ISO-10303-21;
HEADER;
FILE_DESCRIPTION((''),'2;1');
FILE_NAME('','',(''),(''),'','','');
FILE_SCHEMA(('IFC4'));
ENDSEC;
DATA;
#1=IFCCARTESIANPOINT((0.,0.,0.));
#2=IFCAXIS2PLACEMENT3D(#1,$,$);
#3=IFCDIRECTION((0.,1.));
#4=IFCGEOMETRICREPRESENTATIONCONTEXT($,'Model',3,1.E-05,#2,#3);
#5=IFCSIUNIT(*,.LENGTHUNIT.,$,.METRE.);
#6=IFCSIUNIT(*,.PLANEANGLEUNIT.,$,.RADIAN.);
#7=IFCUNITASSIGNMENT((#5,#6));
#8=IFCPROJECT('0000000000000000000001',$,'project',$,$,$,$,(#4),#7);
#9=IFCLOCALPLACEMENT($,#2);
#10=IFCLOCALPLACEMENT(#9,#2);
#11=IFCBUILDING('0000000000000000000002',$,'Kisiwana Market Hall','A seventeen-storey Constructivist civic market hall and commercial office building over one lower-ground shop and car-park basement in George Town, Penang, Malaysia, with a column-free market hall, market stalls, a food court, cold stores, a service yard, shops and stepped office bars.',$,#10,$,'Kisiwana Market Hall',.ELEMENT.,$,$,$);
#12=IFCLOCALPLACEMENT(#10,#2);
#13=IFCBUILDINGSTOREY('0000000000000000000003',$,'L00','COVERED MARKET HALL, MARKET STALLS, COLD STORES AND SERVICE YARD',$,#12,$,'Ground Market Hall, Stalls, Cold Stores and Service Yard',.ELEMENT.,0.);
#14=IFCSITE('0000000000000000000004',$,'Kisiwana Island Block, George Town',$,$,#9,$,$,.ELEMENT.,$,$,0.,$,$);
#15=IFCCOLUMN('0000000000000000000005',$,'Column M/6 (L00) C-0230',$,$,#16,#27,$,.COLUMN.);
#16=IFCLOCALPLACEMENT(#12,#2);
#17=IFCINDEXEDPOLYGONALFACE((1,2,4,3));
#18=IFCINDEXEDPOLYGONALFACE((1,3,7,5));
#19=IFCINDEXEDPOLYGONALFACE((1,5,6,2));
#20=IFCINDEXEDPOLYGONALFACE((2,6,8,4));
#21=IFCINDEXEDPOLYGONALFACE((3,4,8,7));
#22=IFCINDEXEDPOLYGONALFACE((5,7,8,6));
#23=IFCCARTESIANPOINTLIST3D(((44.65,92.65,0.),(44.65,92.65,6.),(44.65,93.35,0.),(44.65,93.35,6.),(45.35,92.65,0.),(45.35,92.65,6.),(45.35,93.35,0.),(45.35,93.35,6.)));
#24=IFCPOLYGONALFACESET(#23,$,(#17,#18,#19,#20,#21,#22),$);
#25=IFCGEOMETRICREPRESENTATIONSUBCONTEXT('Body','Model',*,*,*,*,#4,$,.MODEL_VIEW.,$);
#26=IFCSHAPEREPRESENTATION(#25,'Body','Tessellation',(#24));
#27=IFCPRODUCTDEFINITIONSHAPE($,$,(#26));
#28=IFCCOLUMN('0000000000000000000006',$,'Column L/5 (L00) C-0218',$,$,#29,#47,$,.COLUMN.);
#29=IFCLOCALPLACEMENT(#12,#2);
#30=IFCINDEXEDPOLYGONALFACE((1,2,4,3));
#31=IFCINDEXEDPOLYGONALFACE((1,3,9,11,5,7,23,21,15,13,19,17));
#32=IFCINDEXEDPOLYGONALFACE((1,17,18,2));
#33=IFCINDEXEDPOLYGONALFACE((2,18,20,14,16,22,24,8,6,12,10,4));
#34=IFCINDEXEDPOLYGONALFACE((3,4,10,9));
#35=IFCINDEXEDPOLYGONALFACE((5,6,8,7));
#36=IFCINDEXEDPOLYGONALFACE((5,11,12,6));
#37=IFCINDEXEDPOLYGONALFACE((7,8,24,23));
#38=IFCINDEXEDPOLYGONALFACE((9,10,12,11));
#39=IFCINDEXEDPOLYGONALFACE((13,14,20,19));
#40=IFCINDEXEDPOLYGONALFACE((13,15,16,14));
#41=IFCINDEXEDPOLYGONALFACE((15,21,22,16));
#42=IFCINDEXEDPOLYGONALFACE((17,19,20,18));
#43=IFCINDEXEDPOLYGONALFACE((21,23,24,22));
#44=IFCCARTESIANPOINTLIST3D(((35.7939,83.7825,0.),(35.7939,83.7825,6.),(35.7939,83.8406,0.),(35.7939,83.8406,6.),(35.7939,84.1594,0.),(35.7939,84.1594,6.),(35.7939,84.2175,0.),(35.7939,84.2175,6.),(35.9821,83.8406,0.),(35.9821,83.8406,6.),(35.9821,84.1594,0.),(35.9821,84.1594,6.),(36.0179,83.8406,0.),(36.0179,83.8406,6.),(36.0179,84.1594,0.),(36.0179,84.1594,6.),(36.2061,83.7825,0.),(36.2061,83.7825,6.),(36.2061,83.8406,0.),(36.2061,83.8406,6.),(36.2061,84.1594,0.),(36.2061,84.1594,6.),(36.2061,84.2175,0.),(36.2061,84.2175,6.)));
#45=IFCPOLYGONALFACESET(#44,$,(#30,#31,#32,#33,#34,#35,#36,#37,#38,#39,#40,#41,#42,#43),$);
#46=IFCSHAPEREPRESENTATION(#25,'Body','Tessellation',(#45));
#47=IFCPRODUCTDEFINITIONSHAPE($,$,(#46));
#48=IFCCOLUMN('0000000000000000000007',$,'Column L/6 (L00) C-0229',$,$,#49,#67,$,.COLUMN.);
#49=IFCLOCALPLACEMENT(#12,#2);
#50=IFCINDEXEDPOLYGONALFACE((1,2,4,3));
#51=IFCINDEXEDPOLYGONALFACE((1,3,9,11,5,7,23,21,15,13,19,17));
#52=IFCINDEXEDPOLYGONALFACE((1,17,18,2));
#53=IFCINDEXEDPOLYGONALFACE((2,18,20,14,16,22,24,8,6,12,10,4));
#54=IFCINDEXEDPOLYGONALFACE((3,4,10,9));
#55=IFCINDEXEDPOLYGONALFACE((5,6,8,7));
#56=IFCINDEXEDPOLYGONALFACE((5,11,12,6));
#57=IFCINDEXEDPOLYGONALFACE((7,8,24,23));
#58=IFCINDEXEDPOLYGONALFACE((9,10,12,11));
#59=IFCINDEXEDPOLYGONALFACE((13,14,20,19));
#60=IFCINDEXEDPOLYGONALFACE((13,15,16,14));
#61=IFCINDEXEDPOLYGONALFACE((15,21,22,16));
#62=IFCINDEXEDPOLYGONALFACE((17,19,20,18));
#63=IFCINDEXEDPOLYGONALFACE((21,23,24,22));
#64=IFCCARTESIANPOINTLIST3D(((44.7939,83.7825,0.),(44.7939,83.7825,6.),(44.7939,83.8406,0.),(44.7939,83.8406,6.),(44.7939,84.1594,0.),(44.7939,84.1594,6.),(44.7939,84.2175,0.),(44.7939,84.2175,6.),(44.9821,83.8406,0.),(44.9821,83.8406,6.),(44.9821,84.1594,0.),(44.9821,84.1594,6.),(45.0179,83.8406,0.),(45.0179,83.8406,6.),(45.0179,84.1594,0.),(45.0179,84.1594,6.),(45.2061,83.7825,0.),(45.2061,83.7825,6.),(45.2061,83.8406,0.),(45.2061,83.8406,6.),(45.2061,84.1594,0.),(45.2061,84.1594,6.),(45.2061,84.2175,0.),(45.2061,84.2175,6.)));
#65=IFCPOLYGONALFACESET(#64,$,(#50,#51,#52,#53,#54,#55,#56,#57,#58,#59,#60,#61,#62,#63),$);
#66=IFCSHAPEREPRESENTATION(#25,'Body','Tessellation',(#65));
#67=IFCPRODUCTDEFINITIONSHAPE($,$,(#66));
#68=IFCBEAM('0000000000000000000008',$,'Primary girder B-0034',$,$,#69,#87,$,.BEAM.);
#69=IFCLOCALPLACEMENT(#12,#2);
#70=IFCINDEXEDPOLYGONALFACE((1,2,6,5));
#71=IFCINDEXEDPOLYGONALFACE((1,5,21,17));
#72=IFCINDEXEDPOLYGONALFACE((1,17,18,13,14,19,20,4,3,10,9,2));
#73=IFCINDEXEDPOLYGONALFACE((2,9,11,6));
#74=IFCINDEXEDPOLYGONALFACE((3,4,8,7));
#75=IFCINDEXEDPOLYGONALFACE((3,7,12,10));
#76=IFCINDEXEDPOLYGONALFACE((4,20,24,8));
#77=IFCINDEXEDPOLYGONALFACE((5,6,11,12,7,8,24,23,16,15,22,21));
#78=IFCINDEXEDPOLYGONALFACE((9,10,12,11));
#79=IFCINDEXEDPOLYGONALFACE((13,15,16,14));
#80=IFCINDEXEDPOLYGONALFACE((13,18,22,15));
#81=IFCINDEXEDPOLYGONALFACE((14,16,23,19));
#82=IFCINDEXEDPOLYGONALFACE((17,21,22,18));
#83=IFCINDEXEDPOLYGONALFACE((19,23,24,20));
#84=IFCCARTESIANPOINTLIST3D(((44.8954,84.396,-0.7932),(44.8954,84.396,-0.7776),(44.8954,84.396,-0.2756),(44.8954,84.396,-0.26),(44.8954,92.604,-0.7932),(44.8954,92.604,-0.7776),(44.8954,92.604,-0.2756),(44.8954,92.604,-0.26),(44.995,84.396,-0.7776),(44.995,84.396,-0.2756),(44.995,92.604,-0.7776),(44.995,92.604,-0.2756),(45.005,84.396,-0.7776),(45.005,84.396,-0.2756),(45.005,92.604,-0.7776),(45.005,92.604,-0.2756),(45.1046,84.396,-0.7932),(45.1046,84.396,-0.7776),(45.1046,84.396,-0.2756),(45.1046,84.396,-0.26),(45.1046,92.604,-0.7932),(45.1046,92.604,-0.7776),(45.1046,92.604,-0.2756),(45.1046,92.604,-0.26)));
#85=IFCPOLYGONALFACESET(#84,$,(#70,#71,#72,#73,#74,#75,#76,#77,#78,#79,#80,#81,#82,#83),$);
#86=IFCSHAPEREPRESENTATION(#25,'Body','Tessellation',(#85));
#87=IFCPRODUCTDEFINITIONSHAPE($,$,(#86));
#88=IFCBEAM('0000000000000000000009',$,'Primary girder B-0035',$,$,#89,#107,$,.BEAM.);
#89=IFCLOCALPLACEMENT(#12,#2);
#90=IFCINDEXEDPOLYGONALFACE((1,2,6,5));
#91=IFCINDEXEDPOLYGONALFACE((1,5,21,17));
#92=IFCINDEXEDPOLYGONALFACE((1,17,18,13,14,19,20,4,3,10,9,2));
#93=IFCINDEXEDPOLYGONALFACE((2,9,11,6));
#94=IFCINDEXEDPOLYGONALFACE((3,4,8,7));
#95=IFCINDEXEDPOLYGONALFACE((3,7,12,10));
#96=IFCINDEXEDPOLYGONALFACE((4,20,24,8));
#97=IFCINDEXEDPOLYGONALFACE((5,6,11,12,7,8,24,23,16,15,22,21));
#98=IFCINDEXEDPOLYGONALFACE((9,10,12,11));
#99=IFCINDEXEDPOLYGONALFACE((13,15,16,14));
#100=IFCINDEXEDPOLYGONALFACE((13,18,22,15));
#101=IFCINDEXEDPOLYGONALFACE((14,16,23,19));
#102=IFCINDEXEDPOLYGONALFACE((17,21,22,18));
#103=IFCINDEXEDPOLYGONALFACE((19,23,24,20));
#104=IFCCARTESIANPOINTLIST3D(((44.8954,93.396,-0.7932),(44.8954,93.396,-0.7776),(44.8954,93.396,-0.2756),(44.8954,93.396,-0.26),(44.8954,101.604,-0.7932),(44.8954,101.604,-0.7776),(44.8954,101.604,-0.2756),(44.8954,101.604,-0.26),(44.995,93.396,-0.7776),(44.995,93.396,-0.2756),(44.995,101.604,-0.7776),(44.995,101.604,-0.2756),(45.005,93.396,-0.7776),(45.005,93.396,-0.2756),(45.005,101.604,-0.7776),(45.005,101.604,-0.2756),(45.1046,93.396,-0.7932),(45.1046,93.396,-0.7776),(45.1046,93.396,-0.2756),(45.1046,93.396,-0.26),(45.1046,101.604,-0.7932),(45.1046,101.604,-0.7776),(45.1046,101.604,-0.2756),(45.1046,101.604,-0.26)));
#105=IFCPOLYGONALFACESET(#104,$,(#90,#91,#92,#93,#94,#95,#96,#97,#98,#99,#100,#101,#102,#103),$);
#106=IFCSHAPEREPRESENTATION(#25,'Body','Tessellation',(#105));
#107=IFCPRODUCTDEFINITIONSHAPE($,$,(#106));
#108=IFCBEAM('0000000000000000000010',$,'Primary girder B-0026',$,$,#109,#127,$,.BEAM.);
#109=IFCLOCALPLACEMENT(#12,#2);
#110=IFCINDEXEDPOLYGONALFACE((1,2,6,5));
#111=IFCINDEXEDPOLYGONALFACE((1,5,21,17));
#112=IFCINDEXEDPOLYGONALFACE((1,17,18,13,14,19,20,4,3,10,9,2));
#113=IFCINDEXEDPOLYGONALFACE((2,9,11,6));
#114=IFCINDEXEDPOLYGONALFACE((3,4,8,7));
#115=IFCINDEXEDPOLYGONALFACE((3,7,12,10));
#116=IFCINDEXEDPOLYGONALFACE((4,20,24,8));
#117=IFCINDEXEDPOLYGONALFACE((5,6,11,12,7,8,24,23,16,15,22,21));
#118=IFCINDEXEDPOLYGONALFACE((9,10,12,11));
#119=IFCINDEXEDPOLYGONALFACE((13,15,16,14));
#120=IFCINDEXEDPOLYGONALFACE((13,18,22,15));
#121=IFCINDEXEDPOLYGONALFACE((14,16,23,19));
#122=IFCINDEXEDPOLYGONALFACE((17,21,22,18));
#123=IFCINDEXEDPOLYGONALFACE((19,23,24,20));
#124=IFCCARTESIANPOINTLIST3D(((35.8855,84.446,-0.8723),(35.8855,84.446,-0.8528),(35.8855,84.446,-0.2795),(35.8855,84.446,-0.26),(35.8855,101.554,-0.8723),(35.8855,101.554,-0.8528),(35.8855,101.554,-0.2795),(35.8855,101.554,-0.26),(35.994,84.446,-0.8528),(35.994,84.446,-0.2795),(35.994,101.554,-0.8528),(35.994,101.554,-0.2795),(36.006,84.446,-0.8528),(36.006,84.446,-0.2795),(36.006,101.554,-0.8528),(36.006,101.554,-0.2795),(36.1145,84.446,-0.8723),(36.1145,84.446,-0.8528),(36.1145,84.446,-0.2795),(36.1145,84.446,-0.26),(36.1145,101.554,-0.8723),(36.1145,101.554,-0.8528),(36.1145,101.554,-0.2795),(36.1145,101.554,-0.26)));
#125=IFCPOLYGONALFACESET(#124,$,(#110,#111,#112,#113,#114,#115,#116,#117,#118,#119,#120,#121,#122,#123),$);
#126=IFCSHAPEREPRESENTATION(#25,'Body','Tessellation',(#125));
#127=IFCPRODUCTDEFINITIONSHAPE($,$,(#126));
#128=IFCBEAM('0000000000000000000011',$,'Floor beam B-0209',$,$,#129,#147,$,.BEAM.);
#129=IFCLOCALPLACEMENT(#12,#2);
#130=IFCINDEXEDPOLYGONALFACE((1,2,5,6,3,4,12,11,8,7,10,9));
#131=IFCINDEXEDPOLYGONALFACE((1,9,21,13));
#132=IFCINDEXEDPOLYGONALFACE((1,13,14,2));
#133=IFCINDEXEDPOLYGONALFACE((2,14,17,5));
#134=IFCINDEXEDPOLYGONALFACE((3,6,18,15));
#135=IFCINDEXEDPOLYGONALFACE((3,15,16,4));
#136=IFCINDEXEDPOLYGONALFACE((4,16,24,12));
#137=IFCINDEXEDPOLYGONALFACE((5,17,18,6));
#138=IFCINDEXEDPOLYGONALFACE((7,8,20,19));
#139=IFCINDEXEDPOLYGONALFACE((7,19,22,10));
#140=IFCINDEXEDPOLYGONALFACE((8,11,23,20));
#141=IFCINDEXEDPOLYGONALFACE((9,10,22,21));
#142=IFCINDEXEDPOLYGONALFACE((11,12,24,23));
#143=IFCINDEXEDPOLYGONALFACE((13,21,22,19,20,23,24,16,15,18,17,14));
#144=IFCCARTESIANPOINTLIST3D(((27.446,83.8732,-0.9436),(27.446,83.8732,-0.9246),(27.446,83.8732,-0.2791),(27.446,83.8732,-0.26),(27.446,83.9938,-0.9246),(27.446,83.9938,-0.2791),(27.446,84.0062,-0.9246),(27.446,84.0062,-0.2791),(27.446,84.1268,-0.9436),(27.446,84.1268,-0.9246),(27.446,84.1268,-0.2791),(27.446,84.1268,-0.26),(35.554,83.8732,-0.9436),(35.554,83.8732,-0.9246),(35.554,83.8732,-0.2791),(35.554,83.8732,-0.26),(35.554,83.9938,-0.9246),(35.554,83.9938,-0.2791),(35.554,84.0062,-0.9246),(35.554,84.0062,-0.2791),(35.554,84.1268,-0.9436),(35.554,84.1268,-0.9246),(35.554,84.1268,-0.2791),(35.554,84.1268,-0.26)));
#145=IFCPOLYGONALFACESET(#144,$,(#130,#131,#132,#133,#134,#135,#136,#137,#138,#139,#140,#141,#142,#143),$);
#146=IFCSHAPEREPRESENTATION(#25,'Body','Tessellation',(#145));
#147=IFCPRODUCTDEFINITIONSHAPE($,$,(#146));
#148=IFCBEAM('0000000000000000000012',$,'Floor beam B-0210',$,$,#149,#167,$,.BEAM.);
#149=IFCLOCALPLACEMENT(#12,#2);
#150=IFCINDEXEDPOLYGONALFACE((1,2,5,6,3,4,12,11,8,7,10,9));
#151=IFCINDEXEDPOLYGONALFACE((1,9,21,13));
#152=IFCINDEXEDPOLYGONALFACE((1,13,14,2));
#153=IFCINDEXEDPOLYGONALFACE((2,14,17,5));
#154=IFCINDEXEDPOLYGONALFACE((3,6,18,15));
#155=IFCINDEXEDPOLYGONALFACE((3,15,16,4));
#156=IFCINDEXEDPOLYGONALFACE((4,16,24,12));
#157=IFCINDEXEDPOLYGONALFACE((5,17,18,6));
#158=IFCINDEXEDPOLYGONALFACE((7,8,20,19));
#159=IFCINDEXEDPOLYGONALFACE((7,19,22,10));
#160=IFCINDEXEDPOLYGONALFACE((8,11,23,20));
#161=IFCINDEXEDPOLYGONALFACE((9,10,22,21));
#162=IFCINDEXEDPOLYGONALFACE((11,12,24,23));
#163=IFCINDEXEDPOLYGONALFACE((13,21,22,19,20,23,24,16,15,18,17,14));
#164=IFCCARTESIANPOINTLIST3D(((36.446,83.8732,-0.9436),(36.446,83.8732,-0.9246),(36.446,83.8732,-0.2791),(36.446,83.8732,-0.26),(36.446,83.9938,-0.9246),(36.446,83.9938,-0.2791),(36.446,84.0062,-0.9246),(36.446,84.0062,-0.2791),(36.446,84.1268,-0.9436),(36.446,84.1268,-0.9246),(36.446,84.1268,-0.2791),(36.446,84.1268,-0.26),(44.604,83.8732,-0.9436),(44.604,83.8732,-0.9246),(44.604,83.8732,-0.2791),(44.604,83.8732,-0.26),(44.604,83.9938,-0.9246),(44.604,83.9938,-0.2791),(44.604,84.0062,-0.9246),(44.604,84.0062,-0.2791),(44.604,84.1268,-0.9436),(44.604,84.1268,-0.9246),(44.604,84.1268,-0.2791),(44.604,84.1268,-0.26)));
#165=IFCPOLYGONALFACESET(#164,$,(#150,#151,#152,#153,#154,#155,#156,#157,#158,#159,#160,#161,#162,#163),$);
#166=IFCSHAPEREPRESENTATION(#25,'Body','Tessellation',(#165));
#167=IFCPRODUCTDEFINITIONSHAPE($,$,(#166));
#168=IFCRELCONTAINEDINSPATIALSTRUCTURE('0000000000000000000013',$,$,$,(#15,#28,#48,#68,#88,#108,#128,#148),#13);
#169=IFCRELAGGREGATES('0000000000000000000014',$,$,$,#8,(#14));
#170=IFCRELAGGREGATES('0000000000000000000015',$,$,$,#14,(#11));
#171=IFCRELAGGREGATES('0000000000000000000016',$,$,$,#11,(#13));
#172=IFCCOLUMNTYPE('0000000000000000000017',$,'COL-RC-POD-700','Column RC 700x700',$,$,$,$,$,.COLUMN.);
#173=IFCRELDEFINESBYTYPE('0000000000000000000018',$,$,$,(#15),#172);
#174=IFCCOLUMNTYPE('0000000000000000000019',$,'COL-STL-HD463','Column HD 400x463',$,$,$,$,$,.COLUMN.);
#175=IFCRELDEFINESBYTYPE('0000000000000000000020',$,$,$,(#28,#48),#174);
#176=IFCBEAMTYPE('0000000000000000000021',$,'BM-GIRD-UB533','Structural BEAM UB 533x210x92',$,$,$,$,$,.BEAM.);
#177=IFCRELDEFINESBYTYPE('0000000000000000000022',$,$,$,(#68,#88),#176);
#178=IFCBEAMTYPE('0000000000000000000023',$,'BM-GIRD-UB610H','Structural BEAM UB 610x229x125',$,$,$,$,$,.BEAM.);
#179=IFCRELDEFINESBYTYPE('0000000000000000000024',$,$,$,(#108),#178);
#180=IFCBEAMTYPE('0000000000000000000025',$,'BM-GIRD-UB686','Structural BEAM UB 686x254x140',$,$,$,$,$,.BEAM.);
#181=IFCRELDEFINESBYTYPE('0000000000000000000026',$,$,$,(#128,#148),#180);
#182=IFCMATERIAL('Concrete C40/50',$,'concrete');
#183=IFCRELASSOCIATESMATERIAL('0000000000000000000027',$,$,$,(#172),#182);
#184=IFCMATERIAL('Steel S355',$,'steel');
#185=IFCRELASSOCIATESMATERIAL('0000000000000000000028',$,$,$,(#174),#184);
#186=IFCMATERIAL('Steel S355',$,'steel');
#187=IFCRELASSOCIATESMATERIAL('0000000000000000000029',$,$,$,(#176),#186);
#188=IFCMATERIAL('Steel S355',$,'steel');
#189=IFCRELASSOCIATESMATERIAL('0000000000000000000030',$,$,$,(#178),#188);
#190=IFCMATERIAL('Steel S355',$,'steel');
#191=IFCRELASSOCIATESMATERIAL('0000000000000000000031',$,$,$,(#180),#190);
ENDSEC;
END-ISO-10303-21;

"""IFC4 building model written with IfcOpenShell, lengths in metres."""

from ifc_helpers import new_model, si_unit, direction, frame, origin, origin_2d, place, context, subcontext, project, spatial, rectangle, i_section, extrude, material, material_profile, profile_set, type_object, element, save


model = new_model("IFC4")

# Units and contexts
model_context = context("Model", 3, precision=1e-05, world=origin(), true_north=direction((0.0, 1.0)))
body_context = subcontext(model_context, "Body", "Model", "MODEL_VIEW")
ifc_project = project(units=[si_unit("LENGTHUNIT", "METRE"), si_unit("PLANEANGLEUNIT", "RADIAN")], contexts=[model_context])

# Site, building, storey
site_placement = place(None, origin())
site = spatial("IfcSite", under=ifc_project, at=site_placement, Name="Kisiwana Island Block, George Town", CompositionType="ELEMENT", RefElevation=0.0)
building_placement = place(site_placement, origin())
building = spatial("IfcBuilding", under=site, at=building_placement, Name="Kisiwana Market Hall", Description="A seventeen-storey Constructivist civic market hall and commercial office building over one lower-ground shop and car-park basement in George Town, Penang, Malaysia, with a column-free market hall, market stalls, a food court, cold stores, a service yard, shops and stepped office bars.", LongName="Kisiwana Market Hall", CompositionType="ELEMENT")
storey_placement = place(building_placement, origin())
storey = spatial("IfcBuildingStorey", under=building, at=storey_placement, Name="L00", Description="COVERED MARKET HALL, MARKET STALLS, COLD STORES AND SERVICE YARD", LongName="Ground Market Hall, Stalls, Cold Stores and Service Yard", CompositionType="ELEMENT", Elevation=0.0)

# Columns
ifc_material_1 = material(Name="Concrete C40/50", Category="concrete")
ifc_material_profile_1 = material_profile(ifc_material_1, rectangle(XDim=0.7, YDim=0.7, at=origin_2d()), Name="RC 700x700")
ifc_profile_set_1 = profile_set([ifc_material_profile_1], Name="Concrete C40/50")
column_type_1 = type_object("IfcColumnType", Name="COL-RC-POD-700", Description="Column RC 700x700", PredefinedType="COLUMN", material=ifc_profile_set_1)
column_placement = place(storey_placement, frame((45.0, 93.0, 0.0), z_axis=(0.0, 0.0, 1.0), x_axis=(1.0, 0.0, 0.0)))
element("IfcColumn", 1, at=column_placement, inside=storey, type_object=column_type_1, Name="Column M/6 (L00) C-0230", PredefinedType="COLUMN", context=body_context, shape_type="SweptSolid", body=[
    extrude(rectangle(XDim=0.7, YDim=0.7, at=origin_2d()), origin(), (0.0, 0.0, 1.0), 6.0),
])
ifc_material_2 = material(Name="Steel S355", Category="steel")
ifc_material_profile_2 = material_profile(ifc_material_2, i_section(OverallWidth=0.4121, OverallDepth=0.4351, WebThickness=0.0359, FlangeThickness=0.0581, at=origin_2d()), Name="HD 400x463")
ifc_profile_set_2 = profile_set([ifc_material_profile_2], Name="Steel S355")
column_type_2 = type_object("IfcColumnType", Name="COL-STL-HD463", Description="Column HD 400x463", PredefinedType="COLUMN", material=ifc_profile_set_2)
for number, where, z_axis, x_axis, name in (
    (2, (36.0, 84.0, 0.0), (0.0, 0.0, 1.0), (1.0, 0.0, 0.0), "Column L/5 (L00) C-0218"),
    (3, (45.0, 84.0, 0.0), (0.0, 0.0, 1.0), (1.0, 0.0, 0.0), "Column L/6 (L00) C-0229"),
):
    element("IfcColumn", number, at=place(storey_placement, frame(where, z_axis=z_axis, x_axis=x_axis)), inside=storey, type_object=column_type_2, Name=name, PredefinedType="COLUMN", context=body_context, shape_type="SweptSolid", body=[
        extrude(i_section(OverallWidth=0.4121, OverallDepth=0.4351, WebThickness=0.0359, FlangeThickness=0.0581, at=origin_2d()), origin(), (0.0, 0.0, 1.0), 6.0),
    ])

# Beams
ifc_material_3 = material(Name="Steel S355", Category="steel")
ifc_material_profile_3 = material_profile(ifc_material_3, i_section(OverallWidth=0.2092, OverallDepth=0.5332, WebThickness=0.01, FlangeThickness=0.0156, at=origin_2d()), Name="UB 533x210x92")
ifc_profile_set_3 = profile_set([ifc_material_profile_3], Name="Steel S355")
beam_type_1 = type_object("IfcBeamType", Name="BM-GIRD-UB533", Description="Structural BEAM UB 533x210x92", PredefinedType="BEAM", material=ifc_profile_set_3)
for number, where, z_axis, x_axis, name in (
    (4, (45.0, 84.396, -0.5266), (0.0, 1.0, 0.0), (-1.0, 0.0, 0.0), "Primary girder B-0034"),
    (5, (45.0, 93.396, -0.5266), (0.0, 1.0, 0.0), (-1.0, 0.0, 0.0), "Primary girder B-0035"),
):
    element("IfcBeam", number, at=place(storey_placement, frame(where, z_axis=z_axis, x_axis=x_axis)), inside=storey, type_object=beam_type_1, Name=name, PredefinedType="BEAM", context=body_context, shape_type="SweptSolid", body=[
        extrude(i_section(OverallWidth=0.2092, OverallDepth=0.5332, WebThickness=0.01, FlangeThickness=0.0156, at=origin_2d()), origin(), (0.0, 0.0, 1.0), 8.208),
    ])
ifc_material_4 = material(Name="Steel S355", Category="steel")
ifc_material_profile_4 = material_profile(ifc_material_4, i_section(OverallWidth=0.229, OverallDepth=0.6123, WebThickness=0.012, FlangeThickness=0.0195, at=origin_2d()), Name="UB 610x229x125")
ifc_profile_set_4 = profile_set([ifc_material_profile_4], Name="Steel S355")
beam_type_2 = type_object("IfcBeamType", Name="BM-GIRD-UB610H", Description="Structural BEAM UB 610x229x125", PredefinedType="BEAM", material=ifc_profile_set_4)
beam_1_placement = place(storey_placement, frame((36.0, 84.446, -0.5662), z_axis=(0.0, 1.0, 0.0), x_axis=(-1.0, 0.0, 0.0)))
element("IfcBeam", 6, at=beam_1_placement, inside=storey, type_object=beam_type_2, Name="Primary girder B-0026", PredefinedType="BEAM", context=body_context, shape_type="SweptSolid", body=[
    extrude(i_section(OverallWidth=0.229, OverallDepth=0.6123, WebThickness=0.012, FlangeThickness=0.0195, at=origin_2d()), origin(), (0.0, 0.0, 1.0), 17.1079),
])
ifc_material_5 = material(Name="Steel S355", Category="steel")
ifc_material_profile_5 = material_profile(ifc_material_5, i_section(OverallWidth=0.2537, OverallDepth=0.6836, WebThickness=0.0125, FlangeThickness=0.019, at=origin_2d()), Name="UB 686x254x140")
ifc_profile_set_5 = profile_set([ifc_material_profile_5], Name="Steel S355")
beam_type_3 = type_object("IfcBeamType", Name="BM-GIRD-UB686", Description="Structural BEAM UB 686x254x140", PredefinedType="BEAM", material=ifc_profile_set_5)
beam_2_placement = place(storey_placement, frame((27.446, 84.0, -0.6018), z_axis=(1.0, 0.0, 0.0), x_axis=(0.0, 1.0, 0.0)))
element("IfcBeam", 7, at=beam_2_placement, inside=storey, type_object=beam_type_3, Name="Floor beam B-0209", PredefinedType="BEAM", context=body_context, shape_type="SweptSolid", body=[
    extrude(i_section(OverallWidth=0.2537, OverallDepth=0.6836, WebThickness=0.0125, FlangeThickness=0.019, at=origin_2d()), origin(), (0.0, 0.0, 1.0), 8.1079),
])
beam_3_placement = place(storey_placement, frame((36.446, 84.0, -0.6018), z_axis=(1.0, 0.0, 0.0), x_axis=(0.0, 1.0, 0.0)))
element("IfcBeam", 8, at=beam_3_placement, inside=storey, type_object=beam_type_3, Name="Floor beam B-0210", PredefinedType="BEAM", context=body_context, shape_type="SweptSolid", body=[
    extrude(i_section(OverallWidth=0.2537, OverallDepth=0.6836, WebThickness=0.0125, FlangeThickness=0.019, at=origin_2d()), origin(), (0.0, 0.0, 1.0), 8.158),
])

save(model, "model.ifc")
